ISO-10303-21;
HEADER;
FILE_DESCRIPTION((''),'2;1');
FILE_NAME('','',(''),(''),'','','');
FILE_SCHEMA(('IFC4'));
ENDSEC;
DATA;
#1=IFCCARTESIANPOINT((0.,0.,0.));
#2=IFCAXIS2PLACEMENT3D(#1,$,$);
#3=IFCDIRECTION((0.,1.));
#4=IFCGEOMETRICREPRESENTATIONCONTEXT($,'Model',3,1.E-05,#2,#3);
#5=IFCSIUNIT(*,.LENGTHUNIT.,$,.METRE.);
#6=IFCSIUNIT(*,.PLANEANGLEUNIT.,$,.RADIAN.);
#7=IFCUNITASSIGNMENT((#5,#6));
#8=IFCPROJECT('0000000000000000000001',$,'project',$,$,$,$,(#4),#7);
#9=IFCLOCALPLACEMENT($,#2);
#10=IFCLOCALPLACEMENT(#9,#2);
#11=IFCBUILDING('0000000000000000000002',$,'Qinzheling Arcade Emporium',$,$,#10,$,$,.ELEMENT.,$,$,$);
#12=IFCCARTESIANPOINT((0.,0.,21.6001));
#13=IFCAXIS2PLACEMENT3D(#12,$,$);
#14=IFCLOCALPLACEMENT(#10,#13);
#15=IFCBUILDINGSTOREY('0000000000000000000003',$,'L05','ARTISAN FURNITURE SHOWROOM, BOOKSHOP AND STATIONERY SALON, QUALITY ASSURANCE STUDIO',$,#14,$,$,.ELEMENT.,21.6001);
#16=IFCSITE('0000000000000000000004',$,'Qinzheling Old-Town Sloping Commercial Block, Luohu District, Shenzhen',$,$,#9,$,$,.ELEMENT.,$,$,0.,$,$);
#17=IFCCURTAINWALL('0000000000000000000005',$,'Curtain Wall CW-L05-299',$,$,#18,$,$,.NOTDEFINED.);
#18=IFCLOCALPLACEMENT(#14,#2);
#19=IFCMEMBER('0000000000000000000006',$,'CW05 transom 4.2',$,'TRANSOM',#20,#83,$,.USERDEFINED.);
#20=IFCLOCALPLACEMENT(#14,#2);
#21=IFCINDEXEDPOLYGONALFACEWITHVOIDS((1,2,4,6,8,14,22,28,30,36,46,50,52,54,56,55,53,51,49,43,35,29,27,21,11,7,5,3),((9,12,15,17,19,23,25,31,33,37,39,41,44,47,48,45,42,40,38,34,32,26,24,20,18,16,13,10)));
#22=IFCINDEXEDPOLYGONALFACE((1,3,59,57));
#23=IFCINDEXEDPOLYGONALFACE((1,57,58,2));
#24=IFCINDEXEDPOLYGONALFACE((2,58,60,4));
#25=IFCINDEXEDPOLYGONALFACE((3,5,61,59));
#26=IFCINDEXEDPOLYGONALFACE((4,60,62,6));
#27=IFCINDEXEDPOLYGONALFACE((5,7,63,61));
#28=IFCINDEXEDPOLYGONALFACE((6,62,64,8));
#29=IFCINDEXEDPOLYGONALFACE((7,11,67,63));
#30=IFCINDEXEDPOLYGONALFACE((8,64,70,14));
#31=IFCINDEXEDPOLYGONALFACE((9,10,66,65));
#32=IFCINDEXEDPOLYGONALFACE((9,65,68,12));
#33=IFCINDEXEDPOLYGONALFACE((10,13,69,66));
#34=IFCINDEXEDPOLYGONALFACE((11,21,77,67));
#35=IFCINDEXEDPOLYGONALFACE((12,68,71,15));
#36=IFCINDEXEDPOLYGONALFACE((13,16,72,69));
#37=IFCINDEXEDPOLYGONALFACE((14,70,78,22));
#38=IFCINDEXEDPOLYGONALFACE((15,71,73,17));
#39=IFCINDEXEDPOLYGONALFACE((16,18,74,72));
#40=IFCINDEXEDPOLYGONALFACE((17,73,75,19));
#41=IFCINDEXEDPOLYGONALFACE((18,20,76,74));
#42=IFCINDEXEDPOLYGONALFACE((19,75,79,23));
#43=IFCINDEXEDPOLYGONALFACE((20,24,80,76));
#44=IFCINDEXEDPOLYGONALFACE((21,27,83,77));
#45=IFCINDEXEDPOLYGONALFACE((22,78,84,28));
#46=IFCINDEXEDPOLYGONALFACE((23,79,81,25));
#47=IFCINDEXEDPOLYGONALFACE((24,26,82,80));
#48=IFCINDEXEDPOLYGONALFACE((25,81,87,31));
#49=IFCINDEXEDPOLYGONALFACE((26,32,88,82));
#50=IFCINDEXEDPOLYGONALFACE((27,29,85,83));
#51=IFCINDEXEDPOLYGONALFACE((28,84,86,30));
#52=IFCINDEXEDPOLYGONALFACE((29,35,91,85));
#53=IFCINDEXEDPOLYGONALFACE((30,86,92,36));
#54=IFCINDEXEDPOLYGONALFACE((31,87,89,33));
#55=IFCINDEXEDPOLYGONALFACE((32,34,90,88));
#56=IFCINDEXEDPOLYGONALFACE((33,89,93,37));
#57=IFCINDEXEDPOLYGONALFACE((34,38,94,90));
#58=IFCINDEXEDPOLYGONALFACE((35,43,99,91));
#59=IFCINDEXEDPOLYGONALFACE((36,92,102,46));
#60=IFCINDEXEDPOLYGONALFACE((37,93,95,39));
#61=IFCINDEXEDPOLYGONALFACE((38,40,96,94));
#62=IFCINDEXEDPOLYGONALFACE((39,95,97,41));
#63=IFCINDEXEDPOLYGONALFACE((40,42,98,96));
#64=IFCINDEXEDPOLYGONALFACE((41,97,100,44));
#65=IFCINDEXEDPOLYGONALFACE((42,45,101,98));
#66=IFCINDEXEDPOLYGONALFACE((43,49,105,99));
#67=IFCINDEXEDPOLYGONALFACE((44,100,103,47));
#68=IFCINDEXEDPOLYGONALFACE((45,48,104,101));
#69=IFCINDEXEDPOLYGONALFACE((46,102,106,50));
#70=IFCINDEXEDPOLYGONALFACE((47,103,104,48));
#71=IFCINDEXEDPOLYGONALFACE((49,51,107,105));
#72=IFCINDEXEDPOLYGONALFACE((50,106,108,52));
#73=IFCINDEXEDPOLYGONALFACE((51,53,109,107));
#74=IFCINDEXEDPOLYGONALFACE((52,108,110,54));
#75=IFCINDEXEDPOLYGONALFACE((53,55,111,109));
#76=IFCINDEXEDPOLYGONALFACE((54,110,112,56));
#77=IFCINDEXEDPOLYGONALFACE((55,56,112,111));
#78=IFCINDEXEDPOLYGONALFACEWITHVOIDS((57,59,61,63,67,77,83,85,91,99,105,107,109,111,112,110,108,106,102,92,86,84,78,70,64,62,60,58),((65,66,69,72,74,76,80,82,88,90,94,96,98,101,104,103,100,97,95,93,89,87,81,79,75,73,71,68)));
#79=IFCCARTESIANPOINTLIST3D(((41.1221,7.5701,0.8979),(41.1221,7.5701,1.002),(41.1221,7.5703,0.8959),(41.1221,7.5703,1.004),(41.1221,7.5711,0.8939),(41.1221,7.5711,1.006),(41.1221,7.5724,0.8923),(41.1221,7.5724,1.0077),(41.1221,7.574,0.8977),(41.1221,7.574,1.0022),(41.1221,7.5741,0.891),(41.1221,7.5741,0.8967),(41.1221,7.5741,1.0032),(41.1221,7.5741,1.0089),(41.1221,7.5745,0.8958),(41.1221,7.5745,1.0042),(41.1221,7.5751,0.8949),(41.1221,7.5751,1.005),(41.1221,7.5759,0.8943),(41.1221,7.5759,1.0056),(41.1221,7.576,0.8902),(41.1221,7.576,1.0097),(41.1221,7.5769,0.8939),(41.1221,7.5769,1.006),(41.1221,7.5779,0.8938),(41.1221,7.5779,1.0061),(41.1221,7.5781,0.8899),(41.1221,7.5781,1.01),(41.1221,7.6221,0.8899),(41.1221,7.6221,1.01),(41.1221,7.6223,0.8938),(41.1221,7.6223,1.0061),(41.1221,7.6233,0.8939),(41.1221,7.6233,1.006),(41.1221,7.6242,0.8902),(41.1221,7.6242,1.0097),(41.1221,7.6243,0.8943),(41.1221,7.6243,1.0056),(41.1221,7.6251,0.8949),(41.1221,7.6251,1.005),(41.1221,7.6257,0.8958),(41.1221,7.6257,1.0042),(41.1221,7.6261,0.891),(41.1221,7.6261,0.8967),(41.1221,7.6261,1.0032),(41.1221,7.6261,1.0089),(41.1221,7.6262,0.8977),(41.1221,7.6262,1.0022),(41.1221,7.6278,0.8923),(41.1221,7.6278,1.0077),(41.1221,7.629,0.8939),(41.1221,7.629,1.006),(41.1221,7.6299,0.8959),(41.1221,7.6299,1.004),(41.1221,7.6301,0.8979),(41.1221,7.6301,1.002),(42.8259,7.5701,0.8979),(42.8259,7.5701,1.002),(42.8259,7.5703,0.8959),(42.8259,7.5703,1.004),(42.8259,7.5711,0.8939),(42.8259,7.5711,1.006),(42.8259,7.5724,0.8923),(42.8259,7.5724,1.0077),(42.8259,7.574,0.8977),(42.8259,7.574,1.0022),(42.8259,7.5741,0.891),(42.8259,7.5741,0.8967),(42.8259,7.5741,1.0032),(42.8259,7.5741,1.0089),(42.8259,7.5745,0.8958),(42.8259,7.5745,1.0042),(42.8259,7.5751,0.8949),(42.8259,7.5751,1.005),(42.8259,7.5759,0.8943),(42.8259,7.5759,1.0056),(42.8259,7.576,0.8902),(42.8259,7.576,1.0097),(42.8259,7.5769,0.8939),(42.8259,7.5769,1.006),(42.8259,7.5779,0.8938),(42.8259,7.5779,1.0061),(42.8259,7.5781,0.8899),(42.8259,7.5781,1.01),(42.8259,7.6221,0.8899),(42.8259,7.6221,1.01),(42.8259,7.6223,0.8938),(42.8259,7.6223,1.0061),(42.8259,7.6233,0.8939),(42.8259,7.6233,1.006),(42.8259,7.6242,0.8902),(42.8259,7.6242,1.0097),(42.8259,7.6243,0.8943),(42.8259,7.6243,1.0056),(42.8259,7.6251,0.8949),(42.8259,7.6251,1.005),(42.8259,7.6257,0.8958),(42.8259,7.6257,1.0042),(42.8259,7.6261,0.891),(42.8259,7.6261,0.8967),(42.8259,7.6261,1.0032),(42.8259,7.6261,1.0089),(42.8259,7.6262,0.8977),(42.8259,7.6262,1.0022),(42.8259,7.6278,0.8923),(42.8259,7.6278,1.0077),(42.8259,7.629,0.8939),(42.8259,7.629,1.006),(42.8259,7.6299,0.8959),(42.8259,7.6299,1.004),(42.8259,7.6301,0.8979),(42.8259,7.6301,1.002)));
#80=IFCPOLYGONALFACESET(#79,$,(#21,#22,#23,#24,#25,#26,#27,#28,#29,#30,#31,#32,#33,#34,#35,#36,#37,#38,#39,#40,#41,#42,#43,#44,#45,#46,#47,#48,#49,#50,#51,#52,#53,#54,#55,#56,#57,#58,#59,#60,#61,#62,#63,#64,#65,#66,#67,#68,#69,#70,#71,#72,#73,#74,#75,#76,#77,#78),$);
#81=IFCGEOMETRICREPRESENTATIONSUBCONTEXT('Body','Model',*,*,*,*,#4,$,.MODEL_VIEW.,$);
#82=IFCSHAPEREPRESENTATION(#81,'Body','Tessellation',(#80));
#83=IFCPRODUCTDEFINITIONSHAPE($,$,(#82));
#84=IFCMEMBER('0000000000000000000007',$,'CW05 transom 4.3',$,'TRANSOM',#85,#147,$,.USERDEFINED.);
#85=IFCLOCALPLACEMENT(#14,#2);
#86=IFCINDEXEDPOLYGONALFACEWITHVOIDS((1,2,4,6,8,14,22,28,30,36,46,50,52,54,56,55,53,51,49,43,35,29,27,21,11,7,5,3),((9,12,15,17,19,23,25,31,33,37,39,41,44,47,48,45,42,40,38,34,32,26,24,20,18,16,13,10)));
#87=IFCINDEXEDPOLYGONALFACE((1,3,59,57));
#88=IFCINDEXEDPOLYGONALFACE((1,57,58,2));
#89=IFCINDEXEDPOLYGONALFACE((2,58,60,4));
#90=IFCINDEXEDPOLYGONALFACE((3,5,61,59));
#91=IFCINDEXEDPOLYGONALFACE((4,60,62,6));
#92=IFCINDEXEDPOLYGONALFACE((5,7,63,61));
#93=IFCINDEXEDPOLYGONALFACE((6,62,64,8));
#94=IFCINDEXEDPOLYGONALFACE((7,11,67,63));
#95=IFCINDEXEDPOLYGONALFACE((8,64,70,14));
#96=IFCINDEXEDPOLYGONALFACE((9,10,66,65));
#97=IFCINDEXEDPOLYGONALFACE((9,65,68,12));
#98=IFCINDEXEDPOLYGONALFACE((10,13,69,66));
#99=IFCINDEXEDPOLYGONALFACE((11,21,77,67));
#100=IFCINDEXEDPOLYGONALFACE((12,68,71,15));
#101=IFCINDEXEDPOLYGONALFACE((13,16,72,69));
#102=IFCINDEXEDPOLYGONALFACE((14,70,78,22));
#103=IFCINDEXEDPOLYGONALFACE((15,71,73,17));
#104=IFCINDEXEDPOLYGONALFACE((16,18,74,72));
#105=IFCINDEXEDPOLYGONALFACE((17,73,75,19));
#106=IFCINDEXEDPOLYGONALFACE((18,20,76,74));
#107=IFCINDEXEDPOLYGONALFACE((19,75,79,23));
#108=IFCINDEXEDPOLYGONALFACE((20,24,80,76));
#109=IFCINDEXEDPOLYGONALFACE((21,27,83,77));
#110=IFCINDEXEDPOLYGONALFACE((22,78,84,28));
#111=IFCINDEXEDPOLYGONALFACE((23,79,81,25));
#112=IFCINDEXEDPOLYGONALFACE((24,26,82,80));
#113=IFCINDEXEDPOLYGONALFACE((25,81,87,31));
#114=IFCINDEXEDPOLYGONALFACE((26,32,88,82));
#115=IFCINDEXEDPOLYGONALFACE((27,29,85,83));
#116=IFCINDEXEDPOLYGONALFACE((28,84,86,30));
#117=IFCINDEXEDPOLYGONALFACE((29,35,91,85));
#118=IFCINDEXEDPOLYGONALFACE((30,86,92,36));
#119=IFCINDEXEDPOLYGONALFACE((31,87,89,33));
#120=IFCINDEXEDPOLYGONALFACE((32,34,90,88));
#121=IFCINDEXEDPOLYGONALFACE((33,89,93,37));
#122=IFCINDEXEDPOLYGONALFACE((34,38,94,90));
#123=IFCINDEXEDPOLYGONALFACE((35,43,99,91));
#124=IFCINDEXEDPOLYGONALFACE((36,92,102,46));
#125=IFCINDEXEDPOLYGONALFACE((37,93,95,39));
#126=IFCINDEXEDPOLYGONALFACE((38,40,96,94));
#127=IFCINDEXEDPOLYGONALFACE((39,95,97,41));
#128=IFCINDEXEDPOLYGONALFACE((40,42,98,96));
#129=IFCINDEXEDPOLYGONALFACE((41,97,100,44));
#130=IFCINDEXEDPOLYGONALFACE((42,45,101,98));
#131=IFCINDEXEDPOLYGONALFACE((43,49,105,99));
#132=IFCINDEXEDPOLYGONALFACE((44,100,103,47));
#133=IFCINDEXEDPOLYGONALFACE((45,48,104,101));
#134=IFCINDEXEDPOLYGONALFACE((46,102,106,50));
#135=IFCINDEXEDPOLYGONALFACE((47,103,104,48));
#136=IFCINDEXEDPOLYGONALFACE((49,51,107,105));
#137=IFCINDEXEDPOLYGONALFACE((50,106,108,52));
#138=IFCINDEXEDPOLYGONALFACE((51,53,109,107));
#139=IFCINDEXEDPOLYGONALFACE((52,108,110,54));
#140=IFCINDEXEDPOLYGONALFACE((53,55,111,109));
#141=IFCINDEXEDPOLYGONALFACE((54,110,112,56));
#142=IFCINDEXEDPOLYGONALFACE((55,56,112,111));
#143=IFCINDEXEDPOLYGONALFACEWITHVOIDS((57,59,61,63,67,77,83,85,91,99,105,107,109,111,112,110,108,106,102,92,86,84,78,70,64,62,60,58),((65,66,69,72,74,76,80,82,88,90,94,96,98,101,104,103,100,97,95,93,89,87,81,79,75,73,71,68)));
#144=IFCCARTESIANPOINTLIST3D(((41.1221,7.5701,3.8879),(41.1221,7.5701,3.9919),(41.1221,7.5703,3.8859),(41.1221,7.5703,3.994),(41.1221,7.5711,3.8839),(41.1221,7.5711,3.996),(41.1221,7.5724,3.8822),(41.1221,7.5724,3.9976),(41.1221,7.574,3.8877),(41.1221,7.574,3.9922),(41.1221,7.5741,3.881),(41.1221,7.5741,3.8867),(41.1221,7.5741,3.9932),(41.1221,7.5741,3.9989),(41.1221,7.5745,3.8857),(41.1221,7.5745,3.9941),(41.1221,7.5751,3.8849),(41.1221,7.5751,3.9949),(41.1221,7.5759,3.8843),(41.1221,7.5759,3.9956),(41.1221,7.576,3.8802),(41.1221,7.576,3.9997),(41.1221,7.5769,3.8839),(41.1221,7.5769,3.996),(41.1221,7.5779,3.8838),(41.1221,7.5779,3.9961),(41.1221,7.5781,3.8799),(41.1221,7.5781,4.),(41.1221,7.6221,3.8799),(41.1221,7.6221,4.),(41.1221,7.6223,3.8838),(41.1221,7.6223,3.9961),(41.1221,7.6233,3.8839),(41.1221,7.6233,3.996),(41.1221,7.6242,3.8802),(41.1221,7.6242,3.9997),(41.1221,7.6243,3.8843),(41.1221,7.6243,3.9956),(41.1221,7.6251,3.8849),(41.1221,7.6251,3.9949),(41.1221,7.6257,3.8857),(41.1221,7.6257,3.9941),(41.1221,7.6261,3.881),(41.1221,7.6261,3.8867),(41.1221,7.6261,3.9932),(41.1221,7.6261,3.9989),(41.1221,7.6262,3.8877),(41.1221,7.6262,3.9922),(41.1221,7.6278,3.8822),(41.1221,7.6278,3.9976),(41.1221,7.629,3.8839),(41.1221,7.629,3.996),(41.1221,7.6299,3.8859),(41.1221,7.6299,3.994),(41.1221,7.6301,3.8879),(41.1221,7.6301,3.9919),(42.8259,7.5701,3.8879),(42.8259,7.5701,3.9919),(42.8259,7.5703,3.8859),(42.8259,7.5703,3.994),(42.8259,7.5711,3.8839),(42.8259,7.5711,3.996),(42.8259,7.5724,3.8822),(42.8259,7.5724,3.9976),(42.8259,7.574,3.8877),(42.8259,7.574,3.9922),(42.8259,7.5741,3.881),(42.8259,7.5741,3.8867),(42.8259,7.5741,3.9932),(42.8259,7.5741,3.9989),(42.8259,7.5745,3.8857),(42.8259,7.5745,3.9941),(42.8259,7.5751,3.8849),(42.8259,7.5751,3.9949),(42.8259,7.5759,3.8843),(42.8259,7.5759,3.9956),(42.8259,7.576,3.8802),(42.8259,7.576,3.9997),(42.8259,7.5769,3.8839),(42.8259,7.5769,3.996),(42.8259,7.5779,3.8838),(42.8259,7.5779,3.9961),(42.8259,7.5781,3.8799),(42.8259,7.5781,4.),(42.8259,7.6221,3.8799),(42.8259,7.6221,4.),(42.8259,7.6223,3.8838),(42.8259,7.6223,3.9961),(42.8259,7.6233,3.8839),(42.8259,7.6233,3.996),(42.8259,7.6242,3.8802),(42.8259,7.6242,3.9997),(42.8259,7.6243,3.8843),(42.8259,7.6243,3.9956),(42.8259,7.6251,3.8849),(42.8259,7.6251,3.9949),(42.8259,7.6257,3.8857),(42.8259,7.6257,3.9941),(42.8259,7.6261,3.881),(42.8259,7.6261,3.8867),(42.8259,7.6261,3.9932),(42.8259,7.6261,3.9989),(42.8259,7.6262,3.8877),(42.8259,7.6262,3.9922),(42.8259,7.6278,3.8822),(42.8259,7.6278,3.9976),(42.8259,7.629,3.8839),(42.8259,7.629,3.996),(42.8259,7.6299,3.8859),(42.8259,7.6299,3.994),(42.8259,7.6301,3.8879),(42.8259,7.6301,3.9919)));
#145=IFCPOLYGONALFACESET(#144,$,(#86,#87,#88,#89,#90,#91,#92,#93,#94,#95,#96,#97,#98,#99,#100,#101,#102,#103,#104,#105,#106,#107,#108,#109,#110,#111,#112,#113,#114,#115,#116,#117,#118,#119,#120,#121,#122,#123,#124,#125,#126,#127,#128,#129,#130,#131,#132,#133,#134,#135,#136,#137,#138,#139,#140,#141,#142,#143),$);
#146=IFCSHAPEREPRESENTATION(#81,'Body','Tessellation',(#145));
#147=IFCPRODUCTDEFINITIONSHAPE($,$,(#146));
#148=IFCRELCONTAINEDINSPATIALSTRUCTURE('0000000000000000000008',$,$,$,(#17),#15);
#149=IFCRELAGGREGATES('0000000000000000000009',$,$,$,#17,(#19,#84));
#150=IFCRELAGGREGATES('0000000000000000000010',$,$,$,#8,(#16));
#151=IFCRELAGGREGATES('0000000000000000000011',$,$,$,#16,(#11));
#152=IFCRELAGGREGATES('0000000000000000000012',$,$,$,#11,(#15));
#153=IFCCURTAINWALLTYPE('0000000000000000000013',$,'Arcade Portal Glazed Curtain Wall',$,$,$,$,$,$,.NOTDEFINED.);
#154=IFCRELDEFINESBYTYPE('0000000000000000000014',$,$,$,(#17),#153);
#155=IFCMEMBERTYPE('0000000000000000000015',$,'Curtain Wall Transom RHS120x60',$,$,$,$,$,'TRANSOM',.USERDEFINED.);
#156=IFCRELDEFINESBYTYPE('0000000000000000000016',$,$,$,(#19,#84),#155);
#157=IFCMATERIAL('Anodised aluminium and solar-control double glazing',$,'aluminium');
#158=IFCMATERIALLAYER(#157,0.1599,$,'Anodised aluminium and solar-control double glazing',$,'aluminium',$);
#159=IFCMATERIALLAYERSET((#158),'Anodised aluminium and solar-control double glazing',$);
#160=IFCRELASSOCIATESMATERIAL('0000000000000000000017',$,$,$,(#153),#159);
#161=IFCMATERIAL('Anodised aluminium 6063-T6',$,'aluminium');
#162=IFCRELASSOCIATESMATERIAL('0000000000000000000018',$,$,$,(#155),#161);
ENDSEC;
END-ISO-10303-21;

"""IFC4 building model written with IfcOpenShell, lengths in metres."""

from ifc_helpers import new_model, si_unit, direction, frame, origin, origin_2d, place, context, subcontext, project, spatial, hollow_rectangle, extrude, material, layer, layer_set, material_profile, profile_set, type_object, element, aggregate, save


model = new_model("IFC4")

# Units and contexts
model_context = context("Model", 3, precision=1e-05, world=origin(), true_north=direction((0.0, 1.0)))
body_context = subcontext(model_context, "Body", "Model", "MODEL_VIEW")
ifc_project = project(units=[si_unit("LENGTHUNIT", "METRE"), si_unit("PLANEANGLEUNIT", "RADIAN")], contexts=[model_context])

# Site, building, storey
site_placement = place(None, origin())
site = spatial("IfcSite", under=ifc_project, at=site_placement, Name="Qinzheling Old-Town Sloping Commercial Block, Luohu District, Shenzhen", CompositionType="ELEMENT", RefElevation=0.0)
building_placement = place(site_placement, origin())
building = spatial("IfcBuilding", under=site, at=building_placement, Name="Qinzheling Arcade Emporium", CompositionType="ELEMENT")
storey_placement = place(building_placement, frame((0.0, 0.0, 21.6001)))
storey = spatial("IfcBuildingStorey", under=building, at=storey_placement, Name="L05", Description="ARTISAN FURNITURE SHOWROOM, BOOKSHOP AND STATIONERY SALON, QUALITY ASSURANCE STUDIO", CompositionType="ELEMENT", Elevation=21.6001)

# Shared definitions
ifc_material_1 = material(Name="Anodised aluminium and solar-control double glazing", Category="aluminium")
ifc_layer_1 = layer(ifc_material_1, 0.1599, Name="Anodised aluminium and solar-control double glazing", Category="aluminium")
ifc_layer_set_1 = layer_set([ifc_layer_1], Name="Anodised aluminium and solar-control double glazing")
curtain_wall_type = type_object("IfcCurtainWallType", Name="Arcade Portal Glazed Curtain Wall", PredefinedType="NOTDEFINED", material=ifc_layer_set_1)
ifc_material_2 = material(Name="Anodised aluminium 6063-T6", Category="aluminium")

# Curtain wall, members
curtain_wall_1_placement = place(storey_placement, origin())
curtain_wall_1 = element("IfcCurtainWall", 1, at=curtain_wall_1_placement, inside=storey, type_object=curtain_wall_type, Name="Curtain Wall CW-L05-299", PredefinedType="NOTDEFINED")
ifc_material_profile_1 = material_profile(ifc_material_2, hollow_rectangle(XDim=0.0601, YDim=0.1201, WallThickness=0.0039, InnerFilletRadius=0.0039, OuterFilletRadius=0.0081, at=origin_2d()), Name="RHS 120x60x4", Category="aluminium")
ifc_profile_set_1 = profile_set([ifc_material_profile_1], Name="Anodised aluminium 6063-T6")
member_type_1 = type_object("IfcMemberType", Name="Curtain Wall Transom RHS120x60", ElementType="TRANSOM", PredefinedType="USERDEFINED", material=ifc_profile_set_1)
member_1_placement = place(storey_placement, frame((42.8259, 7.6001, 0.95), z_axis=(-1.0, 0.0, 0.0), x_axis=(0.0, -1.0, 0.0)))
member_1 = element("IfcMember", 2, at=member_1_placement, type_object=member_type_1, Name="CW05 transom 4.2", ObjectType="TRANSOM", PredefinedType="USERDEFINED", context=body_context, shape_type="SweptSolid", body=[
    extrude(hollow_rectangle(XDim=0.0601, YDim=0.1201, WallThickness=0.0039, InnerFilletRadius=0.0039, OuterFilletRadius=0.0081, at=origin_2d()), origin(), (0.0, 0.0, 1.0), 1.7039),
])
member_2_placement = place(storey_placement, frame((42.8259, 7.6001, 3.9399), z_axis=(-1.0, 0.0, 0.0), x_axis=(0.0, -1.0, 0.0)))
member_2 = element("IfcMember", 3, at=member_2_placement, type_object=member_type_1, Name="CW05 transom 4.3", ObjectType="TRANSOM", PredefinedType="USERDEFINED", context=body_context, shape_type="SweptSolid", body=[
    extrude(hollow_rectangle(XDim=0.0601, YDim=0.1201, WallThickness=0.0039, InnerFilletRadius=0.0039, OuterFilletRadius=0.0081, at=origin_2d()), origin(), (0.0, 0.0, 1.0), 1.7039),
])

aggregate(curtain_wall_1, [member_1, member_2])

save(model, "model.ifc")
